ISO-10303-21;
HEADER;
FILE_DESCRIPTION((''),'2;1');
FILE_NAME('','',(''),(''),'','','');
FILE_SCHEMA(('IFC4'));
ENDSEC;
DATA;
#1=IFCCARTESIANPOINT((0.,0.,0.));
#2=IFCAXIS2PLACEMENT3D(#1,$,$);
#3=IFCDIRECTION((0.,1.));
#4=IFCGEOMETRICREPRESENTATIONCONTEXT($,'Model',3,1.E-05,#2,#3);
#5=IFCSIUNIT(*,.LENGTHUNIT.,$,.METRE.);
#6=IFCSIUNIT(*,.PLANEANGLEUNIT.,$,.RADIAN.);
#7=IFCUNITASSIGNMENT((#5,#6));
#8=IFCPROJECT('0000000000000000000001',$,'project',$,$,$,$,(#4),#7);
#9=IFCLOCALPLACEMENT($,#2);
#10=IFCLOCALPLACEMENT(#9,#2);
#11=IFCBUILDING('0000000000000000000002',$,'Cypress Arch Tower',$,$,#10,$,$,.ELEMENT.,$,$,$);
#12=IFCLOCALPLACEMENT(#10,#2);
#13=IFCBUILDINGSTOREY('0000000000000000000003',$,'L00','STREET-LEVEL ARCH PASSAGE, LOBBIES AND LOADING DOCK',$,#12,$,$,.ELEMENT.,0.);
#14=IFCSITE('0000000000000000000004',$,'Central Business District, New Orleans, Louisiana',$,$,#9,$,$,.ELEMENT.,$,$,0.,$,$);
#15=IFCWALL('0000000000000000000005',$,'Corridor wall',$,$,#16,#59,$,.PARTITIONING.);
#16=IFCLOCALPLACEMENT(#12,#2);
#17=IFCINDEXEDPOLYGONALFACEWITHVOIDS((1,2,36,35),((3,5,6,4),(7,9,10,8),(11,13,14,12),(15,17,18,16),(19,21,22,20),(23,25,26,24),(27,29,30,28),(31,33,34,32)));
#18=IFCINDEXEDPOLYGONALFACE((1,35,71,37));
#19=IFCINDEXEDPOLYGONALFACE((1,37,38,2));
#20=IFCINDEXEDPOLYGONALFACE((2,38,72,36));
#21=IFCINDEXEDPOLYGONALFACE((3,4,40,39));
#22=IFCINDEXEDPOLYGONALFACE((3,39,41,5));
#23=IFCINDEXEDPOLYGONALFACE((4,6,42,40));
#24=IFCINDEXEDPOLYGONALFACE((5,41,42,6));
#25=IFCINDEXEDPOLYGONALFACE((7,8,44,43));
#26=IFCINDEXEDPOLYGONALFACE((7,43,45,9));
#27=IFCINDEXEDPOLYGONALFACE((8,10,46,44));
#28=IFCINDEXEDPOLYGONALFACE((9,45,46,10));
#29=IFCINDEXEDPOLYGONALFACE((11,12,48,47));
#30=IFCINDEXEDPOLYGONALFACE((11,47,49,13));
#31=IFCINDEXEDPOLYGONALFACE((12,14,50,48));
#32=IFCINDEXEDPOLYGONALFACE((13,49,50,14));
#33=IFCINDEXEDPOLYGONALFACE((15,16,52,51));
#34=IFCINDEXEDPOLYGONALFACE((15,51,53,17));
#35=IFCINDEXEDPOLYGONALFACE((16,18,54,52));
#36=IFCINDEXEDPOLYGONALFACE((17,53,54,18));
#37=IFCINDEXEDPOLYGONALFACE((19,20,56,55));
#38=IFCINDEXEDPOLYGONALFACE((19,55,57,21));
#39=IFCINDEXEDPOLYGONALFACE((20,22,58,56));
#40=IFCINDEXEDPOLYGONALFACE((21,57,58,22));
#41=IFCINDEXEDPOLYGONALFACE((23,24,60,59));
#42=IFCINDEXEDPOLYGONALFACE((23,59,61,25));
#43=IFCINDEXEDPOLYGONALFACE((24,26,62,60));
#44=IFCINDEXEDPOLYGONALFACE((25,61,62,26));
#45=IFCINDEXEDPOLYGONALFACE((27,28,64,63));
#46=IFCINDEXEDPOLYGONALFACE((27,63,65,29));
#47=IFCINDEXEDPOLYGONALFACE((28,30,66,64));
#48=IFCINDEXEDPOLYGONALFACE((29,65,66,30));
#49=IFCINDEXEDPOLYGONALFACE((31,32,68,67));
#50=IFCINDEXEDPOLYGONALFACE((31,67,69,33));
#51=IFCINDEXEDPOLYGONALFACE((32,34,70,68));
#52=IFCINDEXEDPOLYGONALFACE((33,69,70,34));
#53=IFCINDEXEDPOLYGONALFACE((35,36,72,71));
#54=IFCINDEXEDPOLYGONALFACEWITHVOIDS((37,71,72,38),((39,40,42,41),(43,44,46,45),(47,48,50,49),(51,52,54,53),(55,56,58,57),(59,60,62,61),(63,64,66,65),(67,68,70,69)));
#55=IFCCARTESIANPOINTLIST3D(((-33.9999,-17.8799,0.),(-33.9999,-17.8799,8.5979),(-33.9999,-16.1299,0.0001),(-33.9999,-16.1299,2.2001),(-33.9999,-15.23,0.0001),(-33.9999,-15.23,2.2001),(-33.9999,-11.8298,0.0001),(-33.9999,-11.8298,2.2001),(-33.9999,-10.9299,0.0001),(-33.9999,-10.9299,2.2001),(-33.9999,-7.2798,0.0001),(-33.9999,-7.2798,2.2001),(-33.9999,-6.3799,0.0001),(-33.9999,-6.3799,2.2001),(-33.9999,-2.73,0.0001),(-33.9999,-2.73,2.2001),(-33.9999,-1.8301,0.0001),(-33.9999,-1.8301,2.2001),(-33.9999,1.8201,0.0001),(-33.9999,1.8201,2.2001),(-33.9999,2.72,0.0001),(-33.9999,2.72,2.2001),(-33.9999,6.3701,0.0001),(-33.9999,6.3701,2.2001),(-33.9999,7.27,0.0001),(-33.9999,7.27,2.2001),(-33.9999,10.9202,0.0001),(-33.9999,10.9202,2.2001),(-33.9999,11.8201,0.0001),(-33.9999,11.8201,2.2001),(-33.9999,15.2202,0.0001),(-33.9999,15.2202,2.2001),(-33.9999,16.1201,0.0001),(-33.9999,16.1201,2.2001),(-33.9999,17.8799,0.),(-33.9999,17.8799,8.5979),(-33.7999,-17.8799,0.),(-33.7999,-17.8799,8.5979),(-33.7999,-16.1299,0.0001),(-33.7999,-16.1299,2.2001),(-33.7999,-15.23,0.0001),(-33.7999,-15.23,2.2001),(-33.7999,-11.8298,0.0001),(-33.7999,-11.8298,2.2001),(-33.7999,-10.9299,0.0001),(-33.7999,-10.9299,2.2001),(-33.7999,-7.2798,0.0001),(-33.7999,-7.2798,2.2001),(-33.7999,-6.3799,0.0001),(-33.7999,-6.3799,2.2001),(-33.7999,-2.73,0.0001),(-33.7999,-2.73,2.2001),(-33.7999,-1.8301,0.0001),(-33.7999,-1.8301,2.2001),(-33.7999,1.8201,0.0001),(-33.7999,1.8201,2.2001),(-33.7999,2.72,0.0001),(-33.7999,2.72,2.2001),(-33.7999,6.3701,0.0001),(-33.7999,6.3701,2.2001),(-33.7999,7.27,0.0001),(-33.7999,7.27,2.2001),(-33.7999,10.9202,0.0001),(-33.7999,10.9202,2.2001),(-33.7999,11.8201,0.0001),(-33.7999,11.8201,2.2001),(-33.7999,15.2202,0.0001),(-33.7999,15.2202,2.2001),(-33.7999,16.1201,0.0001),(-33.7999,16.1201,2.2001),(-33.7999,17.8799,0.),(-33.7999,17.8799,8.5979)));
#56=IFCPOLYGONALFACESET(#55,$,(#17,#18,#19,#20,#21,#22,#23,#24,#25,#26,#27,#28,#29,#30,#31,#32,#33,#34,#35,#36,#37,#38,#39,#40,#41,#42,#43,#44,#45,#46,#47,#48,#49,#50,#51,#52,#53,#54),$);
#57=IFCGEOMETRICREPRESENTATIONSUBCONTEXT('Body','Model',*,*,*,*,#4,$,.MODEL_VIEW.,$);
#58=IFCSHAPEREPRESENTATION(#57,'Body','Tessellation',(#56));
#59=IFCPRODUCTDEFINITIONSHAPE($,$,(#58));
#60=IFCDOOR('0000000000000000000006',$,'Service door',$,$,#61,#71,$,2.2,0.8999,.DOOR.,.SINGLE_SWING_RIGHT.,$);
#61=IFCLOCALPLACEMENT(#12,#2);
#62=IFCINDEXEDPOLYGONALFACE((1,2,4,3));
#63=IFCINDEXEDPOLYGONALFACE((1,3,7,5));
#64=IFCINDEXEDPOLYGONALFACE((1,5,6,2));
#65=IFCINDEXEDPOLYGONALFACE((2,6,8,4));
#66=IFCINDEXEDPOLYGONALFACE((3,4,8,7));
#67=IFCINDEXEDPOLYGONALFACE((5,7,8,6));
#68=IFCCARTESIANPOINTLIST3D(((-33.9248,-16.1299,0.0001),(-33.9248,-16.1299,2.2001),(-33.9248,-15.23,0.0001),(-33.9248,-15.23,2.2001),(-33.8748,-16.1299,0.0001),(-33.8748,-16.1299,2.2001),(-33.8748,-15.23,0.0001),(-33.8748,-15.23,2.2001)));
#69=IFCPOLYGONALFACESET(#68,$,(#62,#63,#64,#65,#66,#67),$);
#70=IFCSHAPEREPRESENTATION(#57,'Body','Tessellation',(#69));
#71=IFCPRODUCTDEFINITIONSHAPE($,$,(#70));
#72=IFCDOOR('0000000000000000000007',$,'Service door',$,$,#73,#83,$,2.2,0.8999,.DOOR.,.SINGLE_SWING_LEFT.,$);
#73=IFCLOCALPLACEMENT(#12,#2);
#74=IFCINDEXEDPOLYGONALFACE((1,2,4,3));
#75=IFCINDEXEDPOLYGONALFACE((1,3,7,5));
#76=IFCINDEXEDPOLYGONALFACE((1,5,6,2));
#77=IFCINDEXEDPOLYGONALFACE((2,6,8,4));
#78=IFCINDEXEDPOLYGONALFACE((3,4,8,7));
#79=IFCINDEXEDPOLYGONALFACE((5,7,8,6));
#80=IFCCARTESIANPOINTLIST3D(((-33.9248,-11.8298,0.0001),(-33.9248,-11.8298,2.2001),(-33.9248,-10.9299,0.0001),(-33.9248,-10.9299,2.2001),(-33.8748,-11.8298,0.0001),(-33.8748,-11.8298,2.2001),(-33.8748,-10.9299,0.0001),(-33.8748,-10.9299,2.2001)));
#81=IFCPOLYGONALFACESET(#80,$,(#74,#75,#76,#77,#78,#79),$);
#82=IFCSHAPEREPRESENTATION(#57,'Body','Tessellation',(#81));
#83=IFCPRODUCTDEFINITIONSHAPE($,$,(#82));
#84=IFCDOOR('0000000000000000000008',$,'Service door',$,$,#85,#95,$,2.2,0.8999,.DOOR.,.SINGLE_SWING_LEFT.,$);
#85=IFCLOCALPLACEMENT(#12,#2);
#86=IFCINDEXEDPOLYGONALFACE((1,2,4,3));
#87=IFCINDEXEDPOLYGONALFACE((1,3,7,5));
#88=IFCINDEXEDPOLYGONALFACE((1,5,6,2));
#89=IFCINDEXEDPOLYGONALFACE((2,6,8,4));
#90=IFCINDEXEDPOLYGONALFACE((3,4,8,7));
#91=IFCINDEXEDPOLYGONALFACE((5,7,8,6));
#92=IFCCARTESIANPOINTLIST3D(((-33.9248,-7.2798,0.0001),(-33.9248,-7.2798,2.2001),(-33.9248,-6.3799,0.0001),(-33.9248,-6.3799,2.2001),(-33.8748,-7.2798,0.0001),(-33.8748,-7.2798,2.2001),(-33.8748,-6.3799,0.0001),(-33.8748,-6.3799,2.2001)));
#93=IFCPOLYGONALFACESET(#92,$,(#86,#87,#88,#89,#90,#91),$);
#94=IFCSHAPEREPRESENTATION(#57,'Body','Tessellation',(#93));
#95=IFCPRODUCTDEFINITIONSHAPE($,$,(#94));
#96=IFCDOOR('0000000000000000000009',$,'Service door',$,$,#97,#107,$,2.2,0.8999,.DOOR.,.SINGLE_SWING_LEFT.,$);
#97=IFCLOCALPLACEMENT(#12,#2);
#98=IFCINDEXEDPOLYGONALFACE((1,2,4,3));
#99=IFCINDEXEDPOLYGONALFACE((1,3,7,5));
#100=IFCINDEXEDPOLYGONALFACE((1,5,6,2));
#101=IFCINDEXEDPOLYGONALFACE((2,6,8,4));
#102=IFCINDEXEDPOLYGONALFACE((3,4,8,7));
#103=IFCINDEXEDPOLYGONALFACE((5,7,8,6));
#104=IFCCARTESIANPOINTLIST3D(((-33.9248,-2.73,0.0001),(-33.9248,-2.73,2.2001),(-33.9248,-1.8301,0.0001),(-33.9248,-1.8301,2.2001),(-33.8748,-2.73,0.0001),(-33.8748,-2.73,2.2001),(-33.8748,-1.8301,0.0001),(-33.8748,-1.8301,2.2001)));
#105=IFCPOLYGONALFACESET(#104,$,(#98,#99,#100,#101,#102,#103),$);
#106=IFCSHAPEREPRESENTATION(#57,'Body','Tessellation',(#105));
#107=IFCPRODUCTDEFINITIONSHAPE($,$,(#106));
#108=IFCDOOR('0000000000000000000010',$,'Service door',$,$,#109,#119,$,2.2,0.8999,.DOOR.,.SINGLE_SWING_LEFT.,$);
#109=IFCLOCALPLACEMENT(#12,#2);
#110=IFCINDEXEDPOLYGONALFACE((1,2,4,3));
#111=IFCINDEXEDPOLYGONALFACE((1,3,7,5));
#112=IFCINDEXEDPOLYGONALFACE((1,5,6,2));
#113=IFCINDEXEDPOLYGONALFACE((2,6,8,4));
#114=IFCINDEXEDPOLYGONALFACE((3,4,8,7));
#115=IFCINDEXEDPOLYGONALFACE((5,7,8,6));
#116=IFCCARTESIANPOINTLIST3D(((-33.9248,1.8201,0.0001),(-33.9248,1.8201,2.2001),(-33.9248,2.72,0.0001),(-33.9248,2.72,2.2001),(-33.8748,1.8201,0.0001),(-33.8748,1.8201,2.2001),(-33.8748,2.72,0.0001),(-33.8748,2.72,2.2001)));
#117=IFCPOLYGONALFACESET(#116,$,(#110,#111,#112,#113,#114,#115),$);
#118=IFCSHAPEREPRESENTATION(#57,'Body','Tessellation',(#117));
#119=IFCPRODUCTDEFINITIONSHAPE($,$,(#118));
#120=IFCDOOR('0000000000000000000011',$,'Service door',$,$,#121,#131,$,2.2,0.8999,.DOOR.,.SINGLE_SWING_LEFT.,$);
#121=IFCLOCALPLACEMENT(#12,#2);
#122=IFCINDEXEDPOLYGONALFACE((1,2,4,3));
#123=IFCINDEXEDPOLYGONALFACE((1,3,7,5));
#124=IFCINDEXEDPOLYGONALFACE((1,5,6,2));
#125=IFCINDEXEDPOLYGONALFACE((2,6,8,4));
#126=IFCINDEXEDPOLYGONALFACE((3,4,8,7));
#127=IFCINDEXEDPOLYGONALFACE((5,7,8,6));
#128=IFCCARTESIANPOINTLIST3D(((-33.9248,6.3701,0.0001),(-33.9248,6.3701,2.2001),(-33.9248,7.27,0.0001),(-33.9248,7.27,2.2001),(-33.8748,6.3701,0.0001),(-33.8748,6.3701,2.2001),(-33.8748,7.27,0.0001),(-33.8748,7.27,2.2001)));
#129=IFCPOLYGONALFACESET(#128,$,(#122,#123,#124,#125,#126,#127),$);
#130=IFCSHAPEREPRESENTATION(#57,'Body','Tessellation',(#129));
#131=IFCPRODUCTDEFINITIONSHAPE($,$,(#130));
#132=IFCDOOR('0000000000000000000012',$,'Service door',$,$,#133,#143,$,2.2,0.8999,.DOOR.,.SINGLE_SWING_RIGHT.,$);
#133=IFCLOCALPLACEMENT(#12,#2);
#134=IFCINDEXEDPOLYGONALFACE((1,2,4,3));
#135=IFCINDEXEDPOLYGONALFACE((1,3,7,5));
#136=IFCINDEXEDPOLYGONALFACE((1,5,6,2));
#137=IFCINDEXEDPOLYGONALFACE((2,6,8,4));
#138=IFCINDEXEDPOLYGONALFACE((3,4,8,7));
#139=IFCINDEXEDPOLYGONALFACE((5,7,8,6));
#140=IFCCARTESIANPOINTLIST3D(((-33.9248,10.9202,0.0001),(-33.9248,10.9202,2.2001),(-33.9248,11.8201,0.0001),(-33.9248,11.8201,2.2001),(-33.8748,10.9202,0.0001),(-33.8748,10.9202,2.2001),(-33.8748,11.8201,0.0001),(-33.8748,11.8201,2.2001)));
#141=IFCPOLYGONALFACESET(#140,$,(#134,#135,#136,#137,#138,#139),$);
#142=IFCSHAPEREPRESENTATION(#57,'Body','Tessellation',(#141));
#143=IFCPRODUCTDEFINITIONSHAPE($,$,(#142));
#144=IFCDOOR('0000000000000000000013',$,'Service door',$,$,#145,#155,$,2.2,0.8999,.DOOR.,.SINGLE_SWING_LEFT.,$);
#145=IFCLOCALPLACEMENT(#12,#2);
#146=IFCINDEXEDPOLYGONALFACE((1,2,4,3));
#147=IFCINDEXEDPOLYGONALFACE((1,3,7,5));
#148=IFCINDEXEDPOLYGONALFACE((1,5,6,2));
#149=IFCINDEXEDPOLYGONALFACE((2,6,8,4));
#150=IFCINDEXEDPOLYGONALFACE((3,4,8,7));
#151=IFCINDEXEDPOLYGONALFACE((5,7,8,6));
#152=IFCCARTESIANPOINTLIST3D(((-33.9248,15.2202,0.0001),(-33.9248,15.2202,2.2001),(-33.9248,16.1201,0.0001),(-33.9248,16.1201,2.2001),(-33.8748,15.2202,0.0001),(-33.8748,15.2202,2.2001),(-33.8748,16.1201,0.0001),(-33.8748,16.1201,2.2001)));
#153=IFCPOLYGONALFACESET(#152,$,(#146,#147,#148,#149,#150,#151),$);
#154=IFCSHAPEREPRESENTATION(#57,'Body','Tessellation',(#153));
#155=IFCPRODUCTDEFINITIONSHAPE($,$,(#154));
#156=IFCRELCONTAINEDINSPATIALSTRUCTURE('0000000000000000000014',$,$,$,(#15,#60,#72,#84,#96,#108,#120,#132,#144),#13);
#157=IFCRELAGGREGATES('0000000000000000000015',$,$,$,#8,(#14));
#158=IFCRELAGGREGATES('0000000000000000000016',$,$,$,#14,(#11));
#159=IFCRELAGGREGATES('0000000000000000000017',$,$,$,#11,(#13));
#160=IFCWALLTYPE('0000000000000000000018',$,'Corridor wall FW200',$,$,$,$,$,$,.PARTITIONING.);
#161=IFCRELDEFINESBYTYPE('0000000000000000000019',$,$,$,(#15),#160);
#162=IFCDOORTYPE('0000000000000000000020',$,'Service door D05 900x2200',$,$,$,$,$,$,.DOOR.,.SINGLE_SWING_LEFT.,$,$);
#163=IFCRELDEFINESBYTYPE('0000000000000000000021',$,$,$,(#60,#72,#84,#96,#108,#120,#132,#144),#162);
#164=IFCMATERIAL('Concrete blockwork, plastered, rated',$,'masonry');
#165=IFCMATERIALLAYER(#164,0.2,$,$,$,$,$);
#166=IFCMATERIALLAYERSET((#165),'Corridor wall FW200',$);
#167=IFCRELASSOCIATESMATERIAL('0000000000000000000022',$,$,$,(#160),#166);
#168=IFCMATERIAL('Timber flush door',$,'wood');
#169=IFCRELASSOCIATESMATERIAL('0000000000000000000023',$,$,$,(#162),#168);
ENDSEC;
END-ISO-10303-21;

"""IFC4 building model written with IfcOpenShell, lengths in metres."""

from ifc_helpers import new_model, si_unit, direction, frame, frame_2d, origin, place, context, subcontext, project, spatial, rectangle, extrude, material, layer, layer_set, type_object, element, fill, save


model = new_model("IFC4")

# Units and contexts
model_context = context("Model", 3, precision=1e-05, world=origin(), true_north=direction((0.0, 1.0)))
body_context = subcontext(model_context, "Body", "Model", "MODEL_VIEW")
ifc_project = project(units=[si_unit("LENGTHUNIT", "METRE"), si_unit("PLANEANGLEUNIT", "RADIAN")], contexts=[model_context])

# Site, building, storey
site_placement = place(None, origin())
site = spatial("IfcSite", under=ifc_project, at=site_placement, Name="Central Business District, New Orleans, Louisiana", CompositionType="ELEMENT", RefElevation=0.0)
building_placement = place(site_placement, origin())
building = spatial("IfcBuilding", under=site, at=building_placement, Name="Cypress Arch Tower", CompositionType="ELEMENT")
storey_placement = place(building_placement, origin())
storey = spatial("IfcBuildingStorey", under=building, at=storey_placement, Name="L00", Description="STREET-LEVEL ARCH PASSAGE, LOBBIES AND LOADING DOCK", CompositionType="ELEMENT", Elevation=0.0)

# Wall, openings, doors
ifc_material_1 = material(Name="Concrete blockwork, plastered, rated", Category="masonry")
ifc_layer = layer(ifc_material_1, 0.2)
ifc_layer_set = layer_set([ifc_layer], Name="Corridor wall FW200")
wall_type = type_object("IfcWallType", Name="Corridor wall FW200", PredefinedType="PARTITIONING", material=ifc_layer_set)
wall_1_placement = place(storey_placement, frame((-33.8999, -17.8799, 0.0), z_axis=(0.0, 0.0, 1.0), x_axis=(0.0, 1.0, 0.0)))
wall_1 = element("IfcWall", 1, at=wall_1_placement, inside=storey, type_object=wall_type, Name="Corridor wall", PredefinedType="PARTITIONING", context=body_context, shape_type="SweptSolid", body=[
    extrude(rectangle(XDim=35.7598, YDim=0.2, at=frame_2d((17.8799, 0.0))), origin(), (0.0, 0.0, 1.0), 8.5979),
])
opening_1_placement = place(wall_1_placement, frame((1.75, 0.0, 0.0)))
opening_1 = element("IfcOpeningElement", 2, at=opening_1_placement, cuts=wall_1, PredefinedType="OPENING", context=body_context, shape_type="SweptSolid", body=[
    extrude(rectangle(XDim=0.8999, YDim=2.2, at=frame_2d((0.45, 1.1001))), frame((0.0, 0.1099, 0.0), z_axis=(0.0, -1.0, 0.0), x_axis=(1.0, 0.0, 0.0)), (0.0, 0.0, 1.0), 0.22),
])
opening_2_placement = place(wall_1_placement, frame((6.05, 0.0, 0.0)))
opening_2 = element("IfcOpeningElement", 3, at=opening_2_placement, cuts=wall_1, PredefinedType="OPENING", context=body_context, shape_type="SweptSolid", body=[
    extrude(rectangle(XDim=0.8999, YDim=2.2, at=frame_2d((0.45, 1.1001))), frame((0.0, 0.1099, 0.0), z_axis=(0.0, -1.0, 0.0), x_axis=(1.0, 0.0, 0.0)), (0.0, 0.0, 1.0), 0.22),
])
opening_3_placement = place(wall_1_placement, frame((10.6001, 0.0, 0.0)))
opening_3 = element("IfcOpeningElement", 4, at=opening_3_placement, cuts=wall_1, PredefinedType="OPENING", context=body_context, shape_type="SweptSolid", body=[
    extrude(rectangle(XDim=0.8999, YDim=2.2, at=frame_2d((0.45, 1.1001))), frame((0.0, 0.1099, 0.0), z_axis=(0.0, -1.0, 0.0), x_axis=(1.0, 0.0, 0.0)), (0.0, 0.0, 1.0), 0.22),
])
opening_4_placement = place(wall_1_placement, frame((15.1499, 0.0, 0.0)))
opening_4 = element("IfcOpeningElement", 5, at=opening_4_placement, cuts=wall_1, PredefinedType="OPENING", context=body_context, shape_type="SweptSolid", body=[
    extrude(rectangle(XDim=0.8999, YDim=2.2, at=frame_2d((0.45, 1.1001))), frame((0.0, 0.1099, 0.0), z_axis=(0.0, -1.0, 0.0), x_axis=(1.0, 0.0, 0.0)), (0.0, 0.0, 1.0), 0.22),
])
opening_5_placement = place(wall_1_placement, frame((19.7, 0.0, 0.0)))
opening_5 = element("IfcOpeningElement", 6, at=opening_5_placement, cuts=wall_1, PredefinedType="OPENING", context=body_context, shape_type="SweptSolid", body=[
    extrude(rectangle(XDim=0.8999, YDim=2.2, at=frame_2d((0.45, 1.1001))), frame((0.0, 0.1099, 0.0), z_axis=(0.0, -1.0, 0.0), x_axis=(1.0, 0.0, 0.0)), (0.0, 0.0, 1.0), 0.22),
])
opening_6_placement = place(wall_1_placement, frame((24.25, 0.0, 0.0)))
opening_6 = element("IfcOpeningElement", 7, at=opening_6_placement, cuts=wall_1, PredefinedType="OPENING", context=body_context, shape_type="SweptSolid", body=[
    extrude(rectangle(XDim=0.8999, YDim=2.2, at=frame_2d((0.45, 1.1001))), frame((0.0, 0.1099, 0.0), z_axis=(0.0, -1.0, 0.0), x_axis=(1.0, 0.0, 0.0)), (0.0, 0.0, 1.0), 0.22),
])
opening_7_placement = place(wall_1_placement, frame((28.8, 0.0, 0.0)))
opening_7 = element("IfcOpeningElement", 8, at=opening_7_placement, cuts=wall_1, PredefinedType="OPENING", context=body_context, shape_type="SweptSolid", body=[
    extrude(rectangle(XDim=0.8999, YDim=2.2, at=frame_2d((0.45, 1.1001))), frame((0.0, 0.1099, 0.0), z_axis=(0.0, -1.0, 0.0), x_axis=(1.0, 0.0, 0.0)), (0.0, 0.0, 1.0), 0.22),
])
opening_8_placement = place(wall_1_placement, frame((33.1001, 0.0, 0.0)))
opening_8 = element("IfcOpeningElement", 9, at=opening_8_placement, cuts=wall_1, PredefinedType="OPENING", context=body_context, shape_type="SweptSolid", body=[
    extrude(rectangle(XDim=0.8999, YDim=2.2, at=frame_2d((0.45, 1.1001))), frame((0.0, 0.1099, 0.0), z_axis=(0.0, -1.0, 0.0), x_axis=(1.0, 0.0, 0.0)), (0.0, 0.0, 1.0), 0.22),
])
ifc_material_2 = material(Name="Timber flush door", Category="wood")
door_type_1 = type_object("IfcDoorType", Name="Service door D05 900x2200", OperationType="SINGLE_SWING_LEFT", PredefinedType="DOOR", material=ifc_material_2)
door_1_placement = place(opening_1_placement, origin())
door_1 = element("IfcDoor", 10, at=door_1_placement, inside=storey, type_object=door_type_1, Name="Service door", OperationType="SINGLE_SWING_RIGHT", OverallHeight=2.2, OverallWidth=0.8999, PredefinedType="DOOR", context=body_context, shape_type="SweptSolid", body=[
    extrude(rectangle(XDim=0.8999, YDim=2.2, at=frame_2d((0.45, 1.1001))), frame((0.0, 0.0249, 0.0), z_axis=(0.0, -1.0, 0.0), x_axis=(1.0, 0.0, 0.0)), (0.0, 0.0, 1.0), 0.05),
])
fill(opening_1, door_1)
door_2_placement = place(opening_2_placement, origin())
door_2 = element("IfcDoor", 11, at=door_2_placement, inside=storey, type_object=door_type_1, Name="Service door", OperationType="SINGLE_SWING_LEFT", OverallHeight=2.2, OverallWidth=0.8999, PredefinedType="DOOR", context=body_context, shape_type="SweptSolid", body=[
    extrude(rectangle(XDim=0.8999, YDim=2.2, at=frame_2d((0.45, 1.1001))), frame((0.0, 0.0249, 0.0), z_axis=(0.0, -1.0, 0.0), x_axis=(1.0, 0.0, 0.0)), (0.0, 0.0, 1.0), 0.05),
])
fill(opening_2, door_2)
door_3_placement = place(opening_3_placement, origin())
door_3 = element("IfcDoor", 12, at=door_3_placement, inside=storey, type_object=door_type_1, Name="Service door", OperationType="SINGLE_SWING_LEFT", OverallHeight=2.2, OverallWidth=0.8999, PredefinedType="DOOR", context=body_context, shape_type="SweptSolid", body=[
    extrude(rectangle(XDim=0.8999, YDim=2.2, at=frame_2d((0.45, 1.1001))), frame((0.0, 0.0249, 0.0), z_axis=(0.0, -1.0, 0.0), x_axis=(1.0, 0.0, 0.0)), (0.0, 0.0, 1.0), 0.05),
])
fill(opening_3, door_3)
door_4_placement = place(opening_4_placement, origin())
door_4 = element("IfcDoor", 13, at=door_4_placement, inside=storey, type_object=door_type_1, Name="Service door", OperationType="SINGLE_SWING_LEFT", OverallHeight=2.2, OverallWidth=0.8999, PredefinedType="DOOR", context=body_context, shape_type="SweptSolid", body=[
    extrude(rectangle(XDim=0.8999, YDim=2.2, at=frame_2d((0.45, 1.1001))), frame((0.0, 0.0249, 0.0), z_axis=(0.0, -1.0, 0.0), x_axis=(1.0, 0.0, 0.0)), (0.0, 0.0, 1.0), 0.05),
])
fill(opening_4, door_4)
door_5_placement = place(opening_5_placement, origin())
door_5 = element("IfcDoor", 14, at=door_5_placement, inside=storey, type_object=door_type_1, Name="Service door", OperationType="SINGLE_SWING_LEFT", OverallHeight=2.2, OverallWidth=0.8999, PredefinedType="DOOR", context=body_context, shape_type="SweptSolid", body=[
    extrude(rectangle(XDim=0.8999, YDim=2.2, at=frame_2d((0.45, 1.1001))), frame((0.0, 0.0249, 0.0), z_axis=(0.0, -1.0, 0.0), x_axis=(1.0, 0.0, 0.0)), (0.0, 0.0, 1.0), 0.05),
])
fill(opening_5, door_5)
door_6_placement = place(opening_6_placement, origin())
door_6 = element("IfcDoor", 15, at=door_6_placement, inside=storey, type_object=door_type_1, Name="Service door", OperationType="SINGLE_SWING_LEFT", OverallHeight=2.2, OverallWidth=0.8999, PredefinedType="DOOR", context=body_context, shape_type="SweptSolid", body=[
    extrude(rectangle(XDim=0.8999, YDim=2.2, at=frame_2d((0.45, 1.1001))), frame((0.0, 0.0249, 0.0), z_axis=(0.0, -1.0, 0.0), x_axis=(1.0, 0.0, 0.0)), (0.0, 0.0, 1.0), 0.05),
])
fill(opening_6, door_6)
door_7_placement = place(opening_7_placement, origin())
door_7 = element("IfcDoor", 16, at=door_7_placement, inside=storey, type_object=door_type_1, Name="Service door", OperationType="SINGLE_SWING_RIGHT", OverallHeight=2.2, OverallWidth=0.8999, PredefinedType="DOOR", context=body_context, shape_type="SweptSolid", body=[
    extrude(rectangle(XDim=0.8999, YDim=2.2, at=frame_2d((0.45, 1.1001))), frame((0.0, 0.0249, 0.0), z_axis=(0.0, -1.0, 0.0), x_axis=(1.0, 0.0, 0.0)), (0.0, 0.0, 1.0), 0.05),
])
fill(opening_7, door_7)
door_8_placement = place(opening_8_placement, origin())
door_8 = element("IfcDoor", 17, at=door_8_placement, inside=storey, type_object=door_type_1, Name="Service door", OperationType="SINGLE_SWING_LEFT", OverallHeight=2.2, OverallWidth=0.8999, PredefinedType="DOOR", context=body_context, shape_type="SweptSolid", body=[
    extrude(rectangle(XDim=0.8999, YDim=2.2, at=frame_2d((0.45, 1.1001))), frame((0.0, 0.0249, 0.0), z_axis=(0.0, -1.0, 0.0), x_axis=(1.0, 0.0, 0.0)), (0.0, 0.0, 1.0), 0.05),
])
fill(opening_8, door_8)

save(model, "model.ifc")
